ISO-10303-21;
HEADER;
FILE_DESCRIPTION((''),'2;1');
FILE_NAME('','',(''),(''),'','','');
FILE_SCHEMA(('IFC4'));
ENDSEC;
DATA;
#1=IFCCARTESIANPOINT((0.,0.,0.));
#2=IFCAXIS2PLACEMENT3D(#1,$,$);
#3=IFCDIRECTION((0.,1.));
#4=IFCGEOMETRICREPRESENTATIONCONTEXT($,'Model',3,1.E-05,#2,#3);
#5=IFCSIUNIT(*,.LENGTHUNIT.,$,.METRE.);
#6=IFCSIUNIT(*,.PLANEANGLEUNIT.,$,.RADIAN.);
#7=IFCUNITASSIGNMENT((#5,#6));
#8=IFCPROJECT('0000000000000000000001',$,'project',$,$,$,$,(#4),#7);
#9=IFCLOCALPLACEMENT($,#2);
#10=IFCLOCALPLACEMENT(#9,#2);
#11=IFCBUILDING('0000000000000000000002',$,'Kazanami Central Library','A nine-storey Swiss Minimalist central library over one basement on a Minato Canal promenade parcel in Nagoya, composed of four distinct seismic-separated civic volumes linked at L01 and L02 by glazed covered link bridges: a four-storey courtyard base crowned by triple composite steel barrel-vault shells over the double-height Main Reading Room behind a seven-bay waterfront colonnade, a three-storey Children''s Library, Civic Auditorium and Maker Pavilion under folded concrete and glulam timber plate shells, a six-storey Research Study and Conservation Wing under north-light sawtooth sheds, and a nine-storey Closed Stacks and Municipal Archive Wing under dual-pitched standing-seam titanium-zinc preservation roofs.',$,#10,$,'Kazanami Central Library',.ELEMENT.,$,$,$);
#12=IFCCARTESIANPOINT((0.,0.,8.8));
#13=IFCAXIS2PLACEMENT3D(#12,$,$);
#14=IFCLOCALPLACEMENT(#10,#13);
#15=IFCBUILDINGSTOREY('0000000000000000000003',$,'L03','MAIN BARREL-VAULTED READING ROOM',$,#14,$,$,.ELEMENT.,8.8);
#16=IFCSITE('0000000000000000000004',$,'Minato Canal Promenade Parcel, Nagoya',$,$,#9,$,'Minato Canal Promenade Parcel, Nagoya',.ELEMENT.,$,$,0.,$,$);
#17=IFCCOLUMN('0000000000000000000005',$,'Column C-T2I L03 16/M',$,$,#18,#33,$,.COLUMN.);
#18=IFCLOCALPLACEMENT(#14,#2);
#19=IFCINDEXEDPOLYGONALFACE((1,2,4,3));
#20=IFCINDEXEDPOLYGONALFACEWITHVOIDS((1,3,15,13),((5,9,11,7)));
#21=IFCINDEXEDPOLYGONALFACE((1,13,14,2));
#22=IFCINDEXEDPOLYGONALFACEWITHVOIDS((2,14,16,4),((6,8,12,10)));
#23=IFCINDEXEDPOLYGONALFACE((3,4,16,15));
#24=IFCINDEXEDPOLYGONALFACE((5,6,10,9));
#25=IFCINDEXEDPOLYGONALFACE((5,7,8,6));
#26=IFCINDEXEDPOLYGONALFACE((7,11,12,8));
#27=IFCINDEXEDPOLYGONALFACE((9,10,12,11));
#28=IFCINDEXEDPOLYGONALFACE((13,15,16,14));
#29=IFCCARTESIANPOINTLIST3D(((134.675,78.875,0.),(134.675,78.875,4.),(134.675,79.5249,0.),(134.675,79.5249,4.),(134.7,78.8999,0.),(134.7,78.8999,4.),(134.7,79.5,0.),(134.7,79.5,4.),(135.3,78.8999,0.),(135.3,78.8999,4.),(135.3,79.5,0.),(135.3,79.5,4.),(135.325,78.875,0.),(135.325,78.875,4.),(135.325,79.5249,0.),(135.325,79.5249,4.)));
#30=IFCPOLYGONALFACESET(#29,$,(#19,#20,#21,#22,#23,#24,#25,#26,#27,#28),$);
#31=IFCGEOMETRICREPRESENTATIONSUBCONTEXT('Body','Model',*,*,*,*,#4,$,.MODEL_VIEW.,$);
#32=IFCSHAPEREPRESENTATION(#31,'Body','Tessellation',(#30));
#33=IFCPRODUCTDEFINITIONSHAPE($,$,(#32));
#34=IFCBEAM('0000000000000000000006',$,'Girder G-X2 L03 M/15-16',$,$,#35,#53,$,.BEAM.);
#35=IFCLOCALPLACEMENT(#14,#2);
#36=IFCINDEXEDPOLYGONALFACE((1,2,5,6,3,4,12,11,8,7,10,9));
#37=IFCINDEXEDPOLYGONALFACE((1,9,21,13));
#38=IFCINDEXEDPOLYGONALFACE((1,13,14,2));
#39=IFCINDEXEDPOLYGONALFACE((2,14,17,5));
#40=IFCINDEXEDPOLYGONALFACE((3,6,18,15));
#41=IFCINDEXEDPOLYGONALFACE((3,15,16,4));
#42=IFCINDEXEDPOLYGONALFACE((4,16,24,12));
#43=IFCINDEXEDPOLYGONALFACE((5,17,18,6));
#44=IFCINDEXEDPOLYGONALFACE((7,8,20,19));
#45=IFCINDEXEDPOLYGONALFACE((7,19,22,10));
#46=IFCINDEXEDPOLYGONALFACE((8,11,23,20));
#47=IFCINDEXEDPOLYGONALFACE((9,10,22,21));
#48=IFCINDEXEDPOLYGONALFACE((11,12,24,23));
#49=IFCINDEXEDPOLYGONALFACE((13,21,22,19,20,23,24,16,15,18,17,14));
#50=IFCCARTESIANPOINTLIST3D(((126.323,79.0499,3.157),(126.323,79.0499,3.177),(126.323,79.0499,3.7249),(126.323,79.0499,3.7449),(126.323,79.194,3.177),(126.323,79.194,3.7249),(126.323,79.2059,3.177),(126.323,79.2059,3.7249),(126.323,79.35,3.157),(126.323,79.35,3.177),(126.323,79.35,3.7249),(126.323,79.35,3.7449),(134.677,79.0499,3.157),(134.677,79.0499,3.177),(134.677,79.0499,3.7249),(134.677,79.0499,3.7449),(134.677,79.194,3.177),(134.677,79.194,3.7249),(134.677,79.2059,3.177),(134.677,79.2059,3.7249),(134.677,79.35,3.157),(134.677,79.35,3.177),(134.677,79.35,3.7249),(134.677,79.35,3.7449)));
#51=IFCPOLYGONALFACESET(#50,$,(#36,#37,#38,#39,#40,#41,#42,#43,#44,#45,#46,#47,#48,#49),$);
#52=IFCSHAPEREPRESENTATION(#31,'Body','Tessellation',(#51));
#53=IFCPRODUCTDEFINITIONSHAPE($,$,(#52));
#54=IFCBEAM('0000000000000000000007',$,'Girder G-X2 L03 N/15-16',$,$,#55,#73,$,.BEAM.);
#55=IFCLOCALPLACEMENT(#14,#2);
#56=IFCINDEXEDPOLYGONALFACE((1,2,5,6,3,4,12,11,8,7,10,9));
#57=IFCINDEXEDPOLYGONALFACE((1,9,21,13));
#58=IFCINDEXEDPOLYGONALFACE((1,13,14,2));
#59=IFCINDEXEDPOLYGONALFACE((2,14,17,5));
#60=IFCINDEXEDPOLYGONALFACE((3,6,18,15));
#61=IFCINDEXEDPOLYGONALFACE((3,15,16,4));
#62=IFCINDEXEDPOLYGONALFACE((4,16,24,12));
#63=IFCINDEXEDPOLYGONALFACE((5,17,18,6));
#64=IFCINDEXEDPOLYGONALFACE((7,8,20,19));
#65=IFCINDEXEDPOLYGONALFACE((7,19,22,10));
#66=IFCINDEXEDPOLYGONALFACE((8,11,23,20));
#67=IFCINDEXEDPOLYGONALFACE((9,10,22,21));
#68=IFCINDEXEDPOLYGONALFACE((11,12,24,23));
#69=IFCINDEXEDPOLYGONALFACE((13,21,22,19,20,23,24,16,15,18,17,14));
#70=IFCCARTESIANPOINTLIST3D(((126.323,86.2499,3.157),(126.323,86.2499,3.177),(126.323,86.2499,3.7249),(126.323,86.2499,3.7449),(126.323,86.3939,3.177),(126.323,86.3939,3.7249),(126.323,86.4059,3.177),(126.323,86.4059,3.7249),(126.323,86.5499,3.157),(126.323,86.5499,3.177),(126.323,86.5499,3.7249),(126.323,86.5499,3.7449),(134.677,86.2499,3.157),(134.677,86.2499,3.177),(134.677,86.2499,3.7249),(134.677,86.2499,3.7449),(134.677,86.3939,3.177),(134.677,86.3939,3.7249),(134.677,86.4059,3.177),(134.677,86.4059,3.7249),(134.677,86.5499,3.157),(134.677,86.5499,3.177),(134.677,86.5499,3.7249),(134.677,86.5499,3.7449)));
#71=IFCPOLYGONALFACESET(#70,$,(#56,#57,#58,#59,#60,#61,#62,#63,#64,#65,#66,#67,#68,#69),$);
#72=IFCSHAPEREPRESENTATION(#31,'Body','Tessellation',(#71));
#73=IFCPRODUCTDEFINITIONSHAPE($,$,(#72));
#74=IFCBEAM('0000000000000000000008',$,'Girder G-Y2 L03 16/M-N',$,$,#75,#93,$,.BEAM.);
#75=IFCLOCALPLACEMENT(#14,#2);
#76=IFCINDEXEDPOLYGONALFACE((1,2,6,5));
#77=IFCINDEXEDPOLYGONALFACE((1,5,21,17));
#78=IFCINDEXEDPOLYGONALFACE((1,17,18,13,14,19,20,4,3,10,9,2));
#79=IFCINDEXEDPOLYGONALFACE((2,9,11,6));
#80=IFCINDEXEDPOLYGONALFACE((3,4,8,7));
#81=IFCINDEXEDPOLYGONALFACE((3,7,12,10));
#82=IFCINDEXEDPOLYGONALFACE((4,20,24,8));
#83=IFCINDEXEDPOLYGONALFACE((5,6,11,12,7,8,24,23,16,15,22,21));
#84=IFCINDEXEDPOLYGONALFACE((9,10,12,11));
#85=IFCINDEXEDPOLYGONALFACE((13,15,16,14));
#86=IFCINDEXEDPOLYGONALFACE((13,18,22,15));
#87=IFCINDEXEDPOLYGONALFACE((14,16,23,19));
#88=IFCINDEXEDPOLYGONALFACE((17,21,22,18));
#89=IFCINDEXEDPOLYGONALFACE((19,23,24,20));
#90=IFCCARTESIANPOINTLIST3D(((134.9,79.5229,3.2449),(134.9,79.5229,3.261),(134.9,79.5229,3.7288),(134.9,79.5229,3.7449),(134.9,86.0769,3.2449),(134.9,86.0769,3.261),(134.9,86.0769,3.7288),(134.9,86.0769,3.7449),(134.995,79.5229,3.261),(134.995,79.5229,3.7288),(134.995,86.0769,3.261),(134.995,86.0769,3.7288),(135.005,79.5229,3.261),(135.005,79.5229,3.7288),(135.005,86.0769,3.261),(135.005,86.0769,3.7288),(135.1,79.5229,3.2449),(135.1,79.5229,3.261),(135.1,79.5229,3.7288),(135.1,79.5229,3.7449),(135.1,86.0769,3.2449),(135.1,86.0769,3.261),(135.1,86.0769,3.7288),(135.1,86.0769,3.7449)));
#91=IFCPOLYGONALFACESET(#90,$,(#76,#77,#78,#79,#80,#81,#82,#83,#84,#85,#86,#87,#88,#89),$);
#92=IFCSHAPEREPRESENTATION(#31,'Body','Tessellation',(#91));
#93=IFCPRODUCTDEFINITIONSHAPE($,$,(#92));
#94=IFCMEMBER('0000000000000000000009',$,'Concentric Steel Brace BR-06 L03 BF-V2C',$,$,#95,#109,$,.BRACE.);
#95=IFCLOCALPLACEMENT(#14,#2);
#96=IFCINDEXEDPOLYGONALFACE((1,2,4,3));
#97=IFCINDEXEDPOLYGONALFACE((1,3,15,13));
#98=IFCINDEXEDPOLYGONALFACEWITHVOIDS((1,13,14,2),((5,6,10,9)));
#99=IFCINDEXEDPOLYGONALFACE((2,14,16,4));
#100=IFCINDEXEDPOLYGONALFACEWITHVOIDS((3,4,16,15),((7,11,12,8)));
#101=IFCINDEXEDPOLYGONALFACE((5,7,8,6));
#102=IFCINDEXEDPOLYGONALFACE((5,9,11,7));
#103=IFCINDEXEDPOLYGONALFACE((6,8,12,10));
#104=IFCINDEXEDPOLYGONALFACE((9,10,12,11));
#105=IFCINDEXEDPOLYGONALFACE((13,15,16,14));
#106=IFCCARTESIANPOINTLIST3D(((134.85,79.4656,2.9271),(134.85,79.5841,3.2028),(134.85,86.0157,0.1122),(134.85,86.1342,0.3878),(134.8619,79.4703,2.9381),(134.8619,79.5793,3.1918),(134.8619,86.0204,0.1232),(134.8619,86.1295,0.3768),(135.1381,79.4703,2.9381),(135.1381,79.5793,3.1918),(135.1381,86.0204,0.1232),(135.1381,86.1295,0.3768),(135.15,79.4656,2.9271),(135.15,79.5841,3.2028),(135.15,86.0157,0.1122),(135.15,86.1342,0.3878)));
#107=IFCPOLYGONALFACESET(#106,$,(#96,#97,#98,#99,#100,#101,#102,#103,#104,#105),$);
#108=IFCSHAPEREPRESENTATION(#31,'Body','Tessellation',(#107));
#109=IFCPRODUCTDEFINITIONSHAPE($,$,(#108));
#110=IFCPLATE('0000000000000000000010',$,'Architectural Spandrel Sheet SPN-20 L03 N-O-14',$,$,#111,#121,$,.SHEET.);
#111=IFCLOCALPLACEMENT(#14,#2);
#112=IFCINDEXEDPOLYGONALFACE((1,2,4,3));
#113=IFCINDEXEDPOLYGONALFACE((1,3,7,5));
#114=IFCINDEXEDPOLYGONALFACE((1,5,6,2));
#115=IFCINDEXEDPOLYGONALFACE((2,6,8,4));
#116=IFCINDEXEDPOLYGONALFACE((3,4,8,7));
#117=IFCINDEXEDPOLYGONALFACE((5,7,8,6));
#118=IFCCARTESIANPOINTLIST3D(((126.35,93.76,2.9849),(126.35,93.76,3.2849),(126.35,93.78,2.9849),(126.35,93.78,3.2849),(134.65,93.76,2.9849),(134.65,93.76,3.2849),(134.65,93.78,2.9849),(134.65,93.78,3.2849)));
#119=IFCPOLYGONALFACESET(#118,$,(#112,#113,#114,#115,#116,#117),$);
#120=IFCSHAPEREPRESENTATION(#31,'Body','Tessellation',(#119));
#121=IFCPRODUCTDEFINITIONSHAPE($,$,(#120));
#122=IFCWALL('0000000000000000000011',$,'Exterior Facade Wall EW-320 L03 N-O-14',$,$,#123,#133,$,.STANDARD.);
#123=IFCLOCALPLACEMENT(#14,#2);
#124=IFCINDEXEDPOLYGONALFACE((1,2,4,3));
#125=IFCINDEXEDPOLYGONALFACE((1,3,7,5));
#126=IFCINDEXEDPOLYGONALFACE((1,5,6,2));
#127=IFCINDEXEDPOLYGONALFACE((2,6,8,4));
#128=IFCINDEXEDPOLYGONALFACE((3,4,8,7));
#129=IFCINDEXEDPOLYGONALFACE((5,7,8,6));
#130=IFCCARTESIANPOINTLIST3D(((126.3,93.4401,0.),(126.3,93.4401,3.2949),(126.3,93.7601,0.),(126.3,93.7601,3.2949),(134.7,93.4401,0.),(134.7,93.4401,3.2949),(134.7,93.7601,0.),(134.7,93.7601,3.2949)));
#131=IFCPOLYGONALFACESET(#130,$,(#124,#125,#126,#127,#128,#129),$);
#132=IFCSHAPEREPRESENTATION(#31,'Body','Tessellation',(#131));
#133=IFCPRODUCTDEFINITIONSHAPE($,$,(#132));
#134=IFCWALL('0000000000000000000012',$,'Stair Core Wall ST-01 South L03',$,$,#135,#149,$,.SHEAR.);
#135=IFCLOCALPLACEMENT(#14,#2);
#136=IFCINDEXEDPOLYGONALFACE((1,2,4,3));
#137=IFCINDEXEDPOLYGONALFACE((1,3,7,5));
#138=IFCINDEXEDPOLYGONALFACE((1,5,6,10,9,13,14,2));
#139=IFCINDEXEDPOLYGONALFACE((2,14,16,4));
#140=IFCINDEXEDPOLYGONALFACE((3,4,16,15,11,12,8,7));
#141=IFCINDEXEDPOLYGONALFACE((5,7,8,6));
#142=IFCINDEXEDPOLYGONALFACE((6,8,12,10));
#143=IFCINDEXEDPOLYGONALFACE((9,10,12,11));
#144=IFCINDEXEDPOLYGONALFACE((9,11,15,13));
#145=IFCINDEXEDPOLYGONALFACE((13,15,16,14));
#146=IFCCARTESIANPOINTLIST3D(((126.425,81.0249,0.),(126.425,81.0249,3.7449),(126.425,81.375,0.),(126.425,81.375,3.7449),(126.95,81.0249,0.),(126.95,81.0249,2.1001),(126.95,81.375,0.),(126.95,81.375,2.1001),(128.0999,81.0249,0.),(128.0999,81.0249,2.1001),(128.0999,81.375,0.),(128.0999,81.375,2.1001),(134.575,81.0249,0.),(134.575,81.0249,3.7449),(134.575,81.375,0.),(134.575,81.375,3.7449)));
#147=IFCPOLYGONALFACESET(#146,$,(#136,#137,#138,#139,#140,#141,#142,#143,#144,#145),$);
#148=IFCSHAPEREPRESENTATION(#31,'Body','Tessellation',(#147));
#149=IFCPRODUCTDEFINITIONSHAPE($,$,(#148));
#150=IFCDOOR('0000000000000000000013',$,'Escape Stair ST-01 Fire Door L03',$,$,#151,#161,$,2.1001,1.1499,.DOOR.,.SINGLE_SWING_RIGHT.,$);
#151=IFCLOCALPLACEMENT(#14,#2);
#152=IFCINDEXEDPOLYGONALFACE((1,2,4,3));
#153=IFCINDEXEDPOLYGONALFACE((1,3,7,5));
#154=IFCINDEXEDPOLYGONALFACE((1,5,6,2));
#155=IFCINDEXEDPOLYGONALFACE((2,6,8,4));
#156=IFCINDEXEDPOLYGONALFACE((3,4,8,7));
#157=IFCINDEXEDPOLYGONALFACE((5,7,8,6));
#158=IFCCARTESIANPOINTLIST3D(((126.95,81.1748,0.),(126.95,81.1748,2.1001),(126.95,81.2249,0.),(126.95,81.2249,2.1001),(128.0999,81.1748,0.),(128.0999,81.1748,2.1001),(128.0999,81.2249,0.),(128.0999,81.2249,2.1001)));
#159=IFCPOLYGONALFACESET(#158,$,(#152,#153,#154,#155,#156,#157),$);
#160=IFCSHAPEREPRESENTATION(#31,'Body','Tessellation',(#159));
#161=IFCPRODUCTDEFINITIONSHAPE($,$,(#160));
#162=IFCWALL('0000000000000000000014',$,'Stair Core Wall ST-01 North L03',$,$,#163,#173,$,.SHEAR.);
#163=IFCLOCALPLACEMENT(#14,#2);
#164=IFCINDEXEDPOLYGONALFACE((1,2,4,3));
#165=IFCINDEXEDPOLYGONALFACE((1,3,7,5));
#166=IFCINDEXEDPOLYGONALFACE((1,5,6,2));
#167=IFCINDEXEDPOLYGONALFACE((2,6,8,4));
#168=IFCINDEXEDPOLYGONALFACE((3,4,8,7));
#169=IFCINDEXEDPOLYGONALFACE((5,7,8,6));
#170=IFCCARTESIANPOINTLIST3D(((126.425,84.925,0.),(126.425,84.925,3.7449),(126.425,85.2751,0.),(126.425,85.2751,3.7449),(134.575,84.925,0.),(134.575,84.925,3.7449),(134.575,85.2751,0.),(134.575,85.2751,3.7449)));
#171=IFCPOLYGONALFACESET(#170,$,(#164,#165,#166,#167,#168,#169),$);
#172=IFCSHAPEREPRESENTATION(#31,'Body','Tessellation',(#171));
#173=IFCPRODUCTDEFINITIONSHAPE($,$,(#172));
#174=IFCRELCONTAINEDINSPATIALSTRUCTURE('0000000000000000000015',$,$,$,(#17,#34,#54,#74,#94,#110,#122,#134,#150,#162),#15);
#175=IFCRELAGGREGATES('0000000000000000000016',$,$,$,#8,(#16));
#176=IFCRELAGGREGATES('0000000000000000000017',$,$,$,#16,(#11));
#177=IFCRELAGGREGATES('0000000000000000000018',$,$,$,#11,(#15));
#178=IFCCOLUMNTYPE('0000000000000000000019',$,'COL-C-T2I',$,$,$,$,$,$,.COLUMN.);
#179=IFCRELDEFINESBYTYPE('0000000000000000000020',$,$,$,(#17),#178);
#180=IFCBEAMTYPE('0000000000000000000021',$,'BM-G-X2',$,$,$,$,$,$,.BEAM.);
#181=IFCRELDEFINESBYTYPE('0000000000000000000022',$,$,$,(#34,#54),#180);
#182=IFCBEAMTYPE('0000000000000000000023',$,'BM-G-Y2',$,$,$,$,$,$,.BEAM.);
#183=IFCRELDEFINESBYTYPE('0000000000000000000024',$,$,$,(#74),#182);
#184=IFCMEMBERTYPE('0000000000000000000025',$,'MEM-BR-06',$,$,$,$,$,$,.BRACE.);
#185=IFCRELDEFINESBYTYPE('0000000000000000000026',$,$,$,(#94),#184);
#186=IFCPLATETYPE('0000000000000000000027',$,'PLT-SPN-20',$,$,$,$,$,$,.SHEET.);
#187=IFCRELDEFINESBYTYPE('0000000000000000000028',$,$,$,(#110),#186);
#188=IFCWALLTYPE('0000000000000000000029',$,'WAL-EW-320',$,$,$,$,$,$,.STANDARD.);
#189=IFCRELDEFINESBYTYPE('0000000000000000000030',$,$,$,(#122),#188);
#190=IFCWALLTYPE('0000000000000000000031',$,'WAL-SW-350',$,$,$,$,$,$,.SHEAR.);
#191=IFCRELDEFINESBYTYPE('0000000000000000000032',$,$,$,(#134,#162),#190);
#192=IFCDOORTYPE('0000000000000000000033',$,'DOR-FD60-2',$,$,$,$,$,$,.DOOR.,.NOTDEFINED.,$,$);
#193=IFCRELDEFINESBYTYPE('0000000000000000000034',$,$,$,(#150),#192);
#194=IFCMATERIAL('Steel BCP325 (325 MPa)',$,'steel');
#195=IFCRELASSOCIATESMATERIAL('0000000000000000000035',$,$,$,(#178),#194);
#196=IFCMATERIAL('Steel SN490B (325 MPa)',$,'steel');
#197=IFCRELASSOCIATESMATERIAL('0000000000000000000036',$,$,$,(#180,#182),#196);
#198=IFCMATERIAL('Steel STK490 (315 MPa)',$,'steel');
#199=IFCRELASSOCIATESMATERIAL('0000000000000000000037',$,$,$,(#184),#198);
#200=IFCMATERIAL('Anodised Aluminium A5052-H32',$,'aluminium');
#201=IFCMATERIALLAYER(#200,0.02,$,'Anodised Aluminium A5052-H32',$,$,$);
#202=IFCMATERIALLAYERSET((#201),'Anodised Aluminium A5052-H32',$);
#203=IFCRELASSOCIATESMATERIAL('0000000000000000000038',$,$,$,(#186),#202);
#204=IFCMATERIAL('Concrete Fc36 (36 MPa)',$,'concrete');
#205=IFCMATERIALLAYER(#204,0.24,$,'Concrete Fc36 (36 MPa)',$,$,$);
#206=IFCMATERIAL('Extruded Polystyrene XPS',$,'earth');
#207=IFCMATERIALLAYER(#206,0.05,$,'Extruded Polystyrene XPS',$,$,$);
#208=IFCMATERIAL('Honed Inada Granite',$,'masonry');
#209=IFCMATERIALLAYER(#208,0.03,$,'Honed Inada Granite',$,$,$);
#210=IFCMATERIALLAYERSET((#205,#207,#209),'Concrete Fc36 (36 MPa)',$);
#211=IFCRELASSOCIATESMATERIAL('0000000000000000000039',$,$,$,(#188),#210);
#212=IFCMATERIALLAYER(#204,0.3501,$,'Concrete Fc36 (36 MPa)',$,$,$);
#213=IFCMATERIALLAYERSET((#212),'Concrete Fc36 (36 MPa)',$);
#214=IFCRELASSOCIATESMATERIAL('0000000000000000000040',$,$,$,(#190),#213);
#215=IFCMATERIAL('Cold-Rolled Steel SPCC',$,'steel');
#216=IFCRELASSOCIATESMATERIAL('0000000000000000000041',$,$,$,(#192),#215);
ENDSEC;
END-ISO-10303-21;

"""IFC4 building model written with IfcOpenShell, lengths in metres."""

from ifc_helpers import new_model, si_unit, direction, frame, frame_2d, origin, origin_2d, place, context, subcontext, project, spatial, rectangle, hollow_rectangle, i_section, extrude, material, layer, layer_set, material_profile, profile_set, type_object, element, fill, save


model = new_model("IFC4")

# Units and contexts
model_context = context("Model", 3, precision=1e-05, world=origin(), true_north=direction((0.0, 1.0)))
body_context = subcontext(model_context, "Body", "Model", "MODEL_VIEW")
ifc_project = project(units=[si_unit("LENGTHUNIT", "METRE"), si_unit("PLANEANGLEUNIT", "RADIAN")], contexts=[model_context])

# Site, building, storey
site_placement = place(None, origin())
site = spatial("IfcSite", under=ifc_project, at=site_placement, Name="Minato Canal Promenade Parcel, Nagoya", LongName="Minato Canal Promenade Parcel, Nagoya", CompositionType="ELEMENT", RefElevation=0.0)
building_placement = place(site_placement, origin())
building = spatial("IfcBuilding", under=site, at=building_placement, Name="Kazanami Central Library", Description="A nine-storey Swiss Minimalist central library over one basement on a Minato Canal promenade parcel in Nagoya, composed of four distinct seismic-separated civic volumes linked at L01 and L02 by glazed covered link bridges: a four-storey courtyard base crowned by triple composite steel barrel-vault shells over the double-height Main Reading Room behind a seven-bay waterfront colonnade, a three-storey Children's Library, Civic Auditorium and Maker Pavilion under folded concrete and glulam timber plate shells, a six-storey Research Study and Conservation Wing under north-light sawtooth sheds, and a nine-storey Closed Stacks and Municipal Archive Wing under dual-pitched standing-seam titanium-zinc preservation roofs.", LongName="Kazanami Central Library", CompositionType="ELEMENT")
storey_placement = place(building_placement, frame((0.0, 0.0, 8.8)))
storey = spatial("IfcBuildingStorey", under=building, at=storey_placement, Name="L03", Description="MAIN BARREL-VAULTED READING ROOM", CompositionType="ELEMENT", Elevation=8.8)

# Column
ifc_material_1 = material(Name="Steel BCP325 (325 MPa)", Category="steel")
ifc_material_profile_1 = material_profile(ifc_material_1, hollow_rectangle(XDim=0.6499, YDim=0.6499, WallThickness=0.0249, at=origin_2d()), Name="BCP-650x650x25")
ifc_profile_set_1 = profile_set([ifc_material_profile_1], Name="Steel BCP325 (325 MPa)")
column_type = type_object("IfcColumnType", Name="COL-C-T2I", PredefinedType="COLUMN", material=ifc_profile_set_1)
column_placement = place(storey_placement, frame((135.0, 79.2, 0.0), z_axis=(0.0, 0.0, 1.0), x_axis=(1.0, 0.0, 0.0)))
element("IfcColumn", 1, at=column_placement, inside=storey, type_object=column_type, Name="Column C-T2I L03 16/M", PredefinedType="COLUMN", context=body_context, shape_type="SweptSolid", body=[
    extrude(hollow_rectangle(XDim=0.6499, YDim=0.6499, WallThickness=0.0249, at=origin_2d()), origin(), (0.0, 0.0, 1.0), 4.0),
])

# Beams
ifc_material_2 = material(Name="Steel SN490B (325 MPa)", Category="steel")
ifc_material_profile_2 = material_profile(ifc_material_2, i_section(OverallWidth=0.3, OverallDepth=0.5879, WebThickness=0.012, FlangeThickness=0.02, at=origin_2d()), Name="H-588x300x12x20")
ifc_profile_set_2 = profile_set([ifc_material_profile_2], Name="Steel SN490B (325 MPa)")
beam_type_1 = type_object("IfcBeamType", Name="BM-G-X2", PredefinedType="BEAM", material=ifc_profile_set_2)
for number, where, z_axis, x_axis, name in (
    (2, (126.323, 79.2, 3.4509), (1.0, 0.0, 0.0), (0.0, 1.0, 0.0), "Girder G-X2 L03 M/15-16"),
    (3, (126.323, 86.3999, 3.4509), (1.0, 0.0, 0.0), (0.0, 1.0, 0.0), "Girder G-X2 L03 N/15-16"),
):
    element("IfcBeam", number, at=place(storey_placement, frame(where, z_axis=z_axis, x_axis=x_axis)), inside=storey, type_object=beam_type_1, Name=name, PredefinedType="BEAM", context=body_context, shape_type="SweptSolid", body=[
        extrude(i_section(OverallWidth=0.3, OverallDepth=0.5879, WebThickness=0.012, FlangeThickness=0.02, at=origin_2d()), origin(), (0.0, 0.0, 1.0), 8.354),
    ])
ifc_material_profile_3 = material_profile(ifc_material_2, i_section(OverallWidth=0.2, OverallDepth=0.5, WebThickness=0.01, FlangeThickness=0.0161, at=origin_2d()), Name="H-500x200x10x16")
ifc_profile_set_3 = profile_set([ifc_material_profile_3], Name="Steel SN490B (325 MPa)")
beam_type_2 = type_object("IfcBeamType", Name="BM-G-Y2", PredefinedType="BEAM", material=ifc_profile_set_3)
beam_placement = place(storey_placement, frame((135.0, 79.5229, 3.4949), z_axis=(0.0, 1.0, 0.0), x_axis=(-1.0, 0.0, 0.0)))
element("IfcBeam", 4, at=beam_placement, inside=storey, type_object=beam_type_2, Name="Girder G-Y2 L03 16/M-N", PredefinedType="BEAM", context=body_context, shape_type="SweptSolid", body=[
    extrude(i_section(OverallWidth=0.2, OverallDepth=0.5, WebThickness=0.01, FlangeThickness=0.0161, at=origin_2d()), origin(), (0.0, 0.0, 1.0), 6.554),
])

# Member
ifc_material_3 = material(Name="Steel STK490 (315 MPa)", Category="steel")
ifc_material_profile_4 = material_profile(ifc_material_3, hollow_rectangle(XDim=0.3, YDim=0.3, WallThickness=0.012, at=origin_2d()), Name="STKR-300x300x12")
ifc_profile_set_4 = profile_set([ifc_material_profile_4], Name="Steel STK490 (315 MPa)")
member_type = type_object("IfcMemberType", Name="MEM-BR-06", PredefinedType="BRACE", material=ifc_profile_set_4)
member_placement = place(storey_placement, frame((135.0, 86.075, 0.25), z_axis=(0.0, -0.91875, 0.394841), x_axis=(1.0, 0.0, 0.0)))
element("IfcMember", 5, at=member_placement, inside=storey, type_object=member_type, Name="Concentric Steel Brace BR-06 L03 BF-V2C", PredefinedType="BRACE", context=body_context, shape_type="SweptSolid", body=[
    extrude(hollow_rectangle(XDim=0.3, YDim=0.3, WallThickness=0.012, at=origin_2d()), origin(), (0.0, 0.0, 1.0), 7.1294),
])

# Plate
ifc_material_4 = material(Name="Anodised Aluminium A5052-H32", Category="aluminium")
ifc_layer_1 = layer(ifc_material_4, 0.02, Name="Anodised Aluminium A5052-H32")
ifc_layer_set_1 = layer_set([ifc_layer_1], Name="Anodised Aluminium A5052-H32")
plate_type = type_object("IfcPlateType", Name="PLT-SPN-20", PredefinedType="SHEET", material=ifc_layer_set_1)
plate_placement = place(storey_placement, frame((130.5, 93.77, 2.9849), z_axis=(0.0, 0.0, 1.0), x_axis=(-1.0, 0.0, 0.0)))
element("IfcPlate", 6, at=plate_placement, inside=storey, type_object=plate_type, Name="Architectural Spandrel Sheet SPN-20 L03 N-O-14", PredefinedType="SHEET", context=body_context, shape_type="SweptSolid", body=[
    extrude(rectangle(XDim=8.3, YDim=0.02, at=origin_2d()), origin(), (0.0, 0.0, 1.0), 0.3),
])

# Wall
ifc_material_5 = material(Name="Concrete Fc36 (36 MPa)", Category="concrete")
ifc_layer_2 = layer(ifc_material_5, 0.24, Name="Concrete Fc36 (36 MPa)")
ifc_material_6 = material(Name="Extruded Polystyrene XPS", Category="earth")
ifc_layer_3 = layer(ifc_material_6, 0.05, Name="Extruded Polystyrene XPS")
ifc_material_7 = material(Name="Honed Inada Granite", Category="masonry")
ifc_layer_4 = layer(ifc_material_7, 0.03, Name="Honed Inada Granite")
ifc_layer_set_2 = layer_set([ifc_layer_2, ifc_layer_3, ifc_layer_4], Name="Concrete Fc36 (36 MPa)")
wall_type_1 = type_object("IfcWallType", Name="WAL-EW-320", PredefinedType="STANDARD", material=ifc_layer_set_2)
wall_1_placement = place(storey_placement, frame((134.7, 93.6001, 0.0), z_axis=(0.0, 0.0, 1.0), x_axis=(-1.0, 0.0, 0.0)))
element("IfcWall", 7, at=wall_1_placement, inside=storey, type_object=wall_type_1, Name="Exterior Facade Wall EW-320 L03 N-O-14", PredefinedType="STANDARD", context=body_context, shape_type="SweptSolid", body=[
    extrude(rectangle(XDim=8.3999, YDim=0.3201, at=frame_2d((4.2, 0.0))), origin(), (0.0, 0.0, 1.0), 3.2949),
])

# Wall, opening, door
ifc_material_8 = material(Name="Cold-Rolled Steel SPCC", Category="steel")
ifc_layer_5 = layer(ifc_material_5, 0.3501, Name="Concrete Fc36 (36 MPa)")
ifc_layer_set_3 = layer_set([ifc_layer_5], Name="Concrete Fc36 (36 MPa)")
wall_type_2 = type_object("IfcWallType", Name="WAL-SW-350", PredefinedType="SHEAR", material=ifc_layer_set_3)
wall_2_placement = place(storey_placement, frame((126.425, 81.2, 0.0), z_axis=(0.0, 0.0, 1.0), x_axis=(1.0, 0.0, 0.0)))
wall_2 = element("IfcWall", 8, at=wall_2_placement, inside=storey, type_object=wall_type_2, Name="Stair Core Wall ST-01 South L03", PredefinedType="SHEAR", context=body_context, shape_type="SweptSolid", body=[
    extrude(rectangle(XDim=8.1499, YDim=0.3501, at=frame_2d((4.075, 0.0))), origin(), (0.0, 0.0, 1.0), 3.7449),
])
opening_1_placement = place(wall_2_placement, frame((0.5249, 0.0, 0.0)))
opening_1 = element("IfcOpeningElement", 9, at=opening_1_placement, cuts=wall_2, PredefinedType="OPENING", context=body_context, shape_type="SweptSolid", body=[
    extrude(rectangle(XDim=1.1499, YDim=2.1001, at=frame_2d((0.575, 1.05))), frame((0.0, 0.187, 0.0), z_axis=(0.0, -1.0, 0.0), x_axis=(1.0, 0.0, 0.0)), (0.0, 0.0, 1.0), 0.374),
])
door_type_1 = type_object("IfcDoorType", Name="DOR-FD60-2", OperationType="NOTDEFINED", PredefinedType="DOOR", material=ifc_material_8)
door_1_placement = place(opening_1_placement, origin())
door_1 = element("IfcDoor", 10, at=door_1_placement, inside=storey, type_object=door_type_1, Name="Escape Stair ST-01 Fire Door L03", OperationType="SINGLE_SWING_RIGHT", OverallHeight=2.1001, OverallWidth=1.1499, PredefinedType="DOOR", context=body_context, shape_type="SweptSolid", body=[
    extrude(rectangle(XDim=1.1499, YDim=2.1001, at=frame_2d((0.575, 1.05))), frame((0.0, 0.0249, 0.0), z_axis=(0.0, -1.0, 0.0), x_axis=(1.0, 0.0, 0.0)), (0.0, 0.0, 1.0), 0.05),
])
fill(opening_1, door_1)

# Wall
wall_3_placement = place(storey_placement, frame((126.425, 85.1001, 0.0), z_axis=(0.0, 0.0, 1.0), x_axis=(1.0, 0.0, 0.0)))
element("IfcWall", 11, at=wall_3_placement, inside=storey, type_object=wall_type_2, Name="Stair Core Wall ST-01 North L03", PredefinedType="SHEAR", context=body_context, shape_type="SweptSolid", body=[
    extrude(rectangle(XDim=8.1499, YDim=0.3501, at=frame_2d((4.075, 0.0))), origin(), (0.0, 0.0, 1.0), 3.7449),
])

save(model, "model.ifc")
